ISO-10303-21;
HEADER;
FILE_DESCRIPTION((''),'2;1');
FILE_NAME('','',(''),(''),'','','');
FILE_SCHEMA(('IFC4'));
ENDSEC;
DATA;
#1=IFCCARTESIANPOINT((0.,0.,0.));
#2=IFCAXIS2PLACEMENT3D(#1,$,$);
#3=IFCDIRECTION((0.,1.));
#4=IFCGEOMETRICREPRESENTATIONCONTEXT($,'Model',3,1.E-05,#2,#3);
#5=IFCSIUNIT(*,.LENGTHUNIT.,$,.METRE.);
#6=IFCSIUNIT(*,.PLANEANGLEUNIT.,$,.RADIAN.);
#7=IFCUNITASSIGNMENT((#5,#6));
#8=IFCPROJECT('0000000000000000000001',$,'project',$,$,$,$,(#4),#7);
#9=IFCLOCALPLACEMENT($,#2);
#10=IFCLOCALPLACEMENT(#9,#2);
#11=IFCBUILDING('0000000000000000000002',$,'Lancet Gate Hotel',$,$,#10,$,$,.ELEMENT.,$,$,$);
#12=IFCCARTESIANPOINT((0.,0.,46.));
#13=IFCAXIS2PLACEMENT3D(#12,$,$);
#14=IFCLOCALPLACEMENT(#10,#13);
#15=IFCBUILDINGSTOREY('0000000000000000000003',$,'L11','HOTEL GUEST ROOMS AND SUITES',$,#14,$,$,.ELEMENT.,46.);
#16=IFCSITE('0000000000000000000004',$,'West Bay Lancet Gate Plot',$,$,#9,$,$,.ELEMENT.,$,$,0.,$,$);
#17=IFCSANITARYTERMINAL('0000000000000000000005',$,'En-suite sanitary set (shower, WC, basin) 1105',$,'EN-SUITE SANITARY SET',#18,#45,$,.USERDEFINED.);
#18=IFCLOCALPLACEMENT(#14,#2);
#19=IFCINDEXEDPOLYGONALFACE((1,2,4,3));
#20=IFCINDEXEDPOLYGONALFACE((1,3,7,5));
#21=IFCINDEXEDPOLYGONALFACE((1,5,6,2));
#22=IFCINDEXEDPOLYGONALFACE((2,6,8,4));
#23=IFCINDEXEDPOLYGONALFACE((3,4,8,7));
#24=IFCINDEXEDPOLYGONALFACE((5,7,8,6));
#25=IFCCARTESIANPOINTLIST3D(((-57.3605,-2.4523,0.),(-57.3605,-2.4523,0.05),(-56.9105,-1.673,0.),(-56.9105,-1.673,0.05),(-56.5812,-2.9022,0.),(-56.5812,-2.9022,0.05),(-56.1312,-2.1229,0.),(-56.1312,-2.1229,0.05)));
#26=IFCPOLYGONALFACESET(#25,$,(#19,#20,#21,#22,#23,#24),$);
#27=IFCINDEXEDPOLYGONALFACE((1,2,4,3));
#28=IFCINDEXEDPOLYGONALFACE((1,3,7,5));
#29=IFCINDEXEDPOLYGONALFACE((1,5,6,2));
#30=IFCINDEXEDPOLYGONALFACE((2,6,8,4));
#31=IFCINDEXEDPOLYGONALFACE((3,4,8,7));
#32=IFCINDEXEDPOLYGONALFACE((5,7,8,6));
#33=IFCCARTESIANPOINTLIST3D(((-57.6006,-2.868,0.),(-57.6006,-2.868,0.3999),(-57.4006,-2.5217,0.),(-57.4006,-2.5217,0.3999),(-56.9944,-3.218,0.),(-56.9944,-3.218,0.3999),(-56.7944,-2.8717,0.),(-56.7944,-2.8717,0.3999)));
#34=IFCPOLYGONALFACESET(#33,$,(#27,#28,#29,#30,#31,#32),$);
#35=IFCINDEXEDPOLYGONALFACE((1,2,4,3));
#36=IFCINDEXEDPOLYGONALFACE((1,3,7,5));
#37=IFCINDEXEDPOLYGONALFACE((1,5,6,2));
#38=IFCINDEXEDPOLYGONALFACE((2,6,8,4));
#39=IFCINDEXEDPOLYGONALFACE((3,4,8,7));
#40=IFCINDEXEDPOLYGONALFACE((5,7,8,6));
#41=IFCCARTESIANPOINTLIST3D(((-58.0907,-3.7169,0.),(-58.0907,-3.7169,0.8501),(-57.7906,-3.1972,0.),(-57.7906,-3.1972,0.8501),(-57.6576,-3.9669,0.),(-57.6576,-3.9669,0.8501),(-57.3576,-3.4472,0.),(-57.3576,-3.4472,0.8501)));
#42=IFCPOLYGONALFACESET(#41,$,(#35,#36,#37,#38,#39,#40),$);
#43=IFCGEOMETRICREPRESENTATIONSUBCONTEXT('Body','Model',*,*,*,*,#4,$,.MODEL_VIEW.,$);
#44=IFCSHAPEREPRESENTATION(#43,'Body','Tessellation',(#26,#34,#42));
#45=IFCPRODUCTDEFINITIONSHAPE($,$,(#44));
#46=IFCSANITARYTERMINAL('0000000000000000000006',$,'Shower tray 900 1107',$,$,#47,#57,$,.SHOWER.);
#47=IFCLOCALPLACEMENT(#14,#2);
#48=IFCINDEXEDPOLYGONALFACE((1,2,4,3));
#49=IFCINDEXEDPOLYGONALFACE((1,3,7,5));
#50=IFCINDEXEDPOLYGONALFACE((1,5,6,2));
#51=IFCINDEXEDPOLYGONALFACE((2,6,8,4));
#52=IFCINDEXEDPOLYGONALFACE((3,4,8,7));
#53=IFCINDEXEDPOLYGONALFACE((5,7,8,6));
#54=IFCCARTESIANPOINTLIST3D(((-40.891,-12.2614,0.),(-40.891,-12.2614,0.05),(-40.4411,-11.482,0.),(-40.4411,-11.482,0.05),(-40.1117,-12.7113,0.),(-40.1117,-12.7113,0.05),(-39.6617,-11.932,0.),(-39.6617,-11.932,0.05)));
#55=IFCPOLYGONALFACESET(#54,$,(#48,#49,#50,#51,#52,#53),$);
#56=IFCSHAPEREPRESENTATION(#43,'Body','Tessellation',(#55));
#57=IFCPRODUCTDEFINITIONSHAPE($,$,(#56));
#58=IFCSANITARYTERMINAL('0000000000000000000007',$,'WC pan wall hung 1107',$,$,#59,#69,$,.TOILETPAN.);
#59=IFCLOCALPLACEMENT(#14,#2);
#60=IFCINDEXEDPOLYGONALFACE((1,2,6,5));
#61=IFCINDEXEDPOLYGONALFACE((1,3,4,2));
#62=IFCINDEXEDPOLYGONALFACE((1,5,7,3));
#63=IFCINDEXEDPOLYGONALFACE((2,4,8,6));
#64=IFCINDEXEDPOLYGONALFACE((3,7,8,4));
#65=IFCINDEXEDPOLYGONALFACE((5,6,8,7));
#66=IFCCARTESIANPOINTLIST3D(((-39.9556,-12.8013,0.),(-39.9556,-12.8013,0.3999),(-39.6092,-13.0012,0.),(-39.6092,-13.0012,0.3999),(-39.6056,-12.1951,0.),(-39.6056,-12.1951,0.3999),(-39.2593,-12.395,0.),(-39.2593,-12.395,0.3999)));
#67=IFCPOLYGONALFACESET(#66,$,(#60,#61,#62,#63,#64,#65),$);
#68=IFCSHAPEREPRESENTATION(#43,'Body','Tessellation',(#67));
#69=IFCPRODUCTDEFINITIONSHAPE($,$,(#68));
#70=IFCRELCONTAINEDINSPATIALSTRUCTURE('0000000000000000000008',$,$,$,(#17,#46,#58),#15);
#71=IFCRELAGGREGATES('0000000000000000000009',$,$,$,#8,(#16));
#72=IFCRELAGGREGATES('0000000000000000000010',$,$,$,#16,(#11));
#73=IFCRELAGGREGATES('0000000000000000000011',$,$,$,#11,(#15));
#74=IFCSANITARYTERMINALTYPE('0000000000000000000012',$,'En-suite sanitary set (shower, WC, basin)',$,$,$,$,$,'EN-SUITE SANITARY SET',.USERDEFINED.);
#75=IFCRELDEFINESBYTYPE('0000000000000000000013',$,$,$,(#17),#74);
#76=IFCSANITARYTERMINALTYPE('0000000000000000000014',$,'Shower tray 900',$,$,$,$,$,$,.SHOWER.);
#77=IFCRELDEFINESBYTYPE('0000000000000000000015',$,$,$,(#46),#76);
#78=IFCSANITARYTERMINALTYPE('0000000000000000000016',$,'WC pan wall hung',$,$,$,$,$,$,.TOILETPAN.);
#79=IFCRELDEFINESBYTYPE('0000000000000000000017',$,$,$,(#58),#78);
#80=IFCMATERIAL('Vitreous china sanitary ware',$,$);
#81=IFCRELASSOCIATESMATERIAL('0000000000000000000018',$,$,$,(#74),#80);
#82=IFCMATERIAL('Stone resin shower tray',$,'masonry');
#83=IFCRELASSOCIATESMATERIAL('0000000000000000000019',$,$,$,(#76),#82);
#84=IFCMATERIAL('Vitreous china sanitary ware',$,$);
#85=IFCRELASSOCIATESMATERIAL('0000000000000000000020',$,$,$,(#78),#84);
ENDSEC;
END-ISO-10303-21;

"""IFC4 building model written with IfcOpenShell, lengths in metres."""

from ifc_helpers import new_model, si_unit, direction, frame, origin, origin_2d, place, context, subcontext, project, spatial, rectangle, extrude, material, type_object, element, save


model = new_model("IFC4")

# Units and contexts
model_context = context("Model", 3, precision=1e-05, world=origin(), true_north=direction((0.0, 1.0)))
body_context = subcontext(model_context, "Body", "Model", "MODEL_VIEW")
ifc_project = project(units=[si_unit("LENGTHUNIT", "METRE"), si_unit("PLANEANGLEUNIT", "RADIAN")], contexts=[model_context])

# Site, building, storey
site_placement = place(None, origin())
site = spatial("IfcSite", under=ifc_project, at=site_placement, Name="West Bay Lancet Gate Plot", CompositionType="ELEMENT", RefElevation=0.0)
building_placement = place(site_placement, origin())
building = spatial("IfcBuilding", under=site, at=building_placement, Name="Lancet Gate Hotel", CompositionType="ELEMENT")
storey_placement = place(building_placement, frame((0.0, 0.0, 46.0)))
storey = spatial("IfcBuildingStorey", under=building, at=storey_placement, Name="L11", Description="HOTEL GUEST ROOMS AND SUITES", CompositionType="ELEMENT", Elevation=46.0)

# Sanitary terminals
ifc_material_1 = material(Name="Vitreous china sanitary ware")
sanitary_terminal_type_1 = type_object("IfcSanitaryTerminalType", Name="En-suite sanitary set (shower, WC, basin)", ElementType="EN-SUITE SANITARY SET", PredefinedType="USERDEFINED", material=ifc_material_1)
sanitary_terminal_1_placement = place(storey_placement, frame((-56.7458, -2.2876, 0.0), z_axis=(0.0, 0.0, 1.0), x_axis=(1.0, 0.0, 0.0)))
element("IfcSanitaryTerminal", 1, at=sanitary_terminal_1_placement, inside=storey, type_object=sanitary_terminal_type_1, Name="En-suite sanitary set (shower, WC, basin) 1105", ObjectType="EN-SUITE SANITARY SET", PredefinedType="USERDEFINED", context=body_context, shape_type="SweptSolid", body=[
    extrude(rectangle(XDim=0.8999, YDim=0.8999, at=origin_2d()), frame((0.0, 0.0, 0.0), z_axis=(0.0, 0.0, 1.0), x_axis=(0.5, 0.866025, 0.0)), (0.0, 0.0, 1.0), 0.05),
    extrude(rectangle(XDim=0.3999, YDim=0.7, at=origin_2d()), frame((-0.4517, -0.5823, 0.0), z_axis=(0.0, 0.0, 1.0), x_axis=(0.5, 0.866025, 0.0)), (0.0, 0.0, 1.0), 0.3999),
    extrude(rectangle(XDim=0.6001, YDim=0.5, at=origin_2d()), frame((-0.9783, -1.2944, 0.0), z_axis=(0.0, 0.0, 1.0), x_axis=(0.5, 0.866025, 0.0)), (0.0, 0.0, 1.0), 0.8501),
])
ifc_material_2 = material(Name="Stone resin shower tray", Category="masonry")
sanitary_terminal_type_2 = type_object("IfcSanitaryTerminalType", Name="Shower tray 900", PredefinedType="SHOWER", material=ifc_material_2)
sanitary_terminal_2_placement = place(storey_placement, frame((-40.2764, -12.0967, 0.0), z_axis=(0.0, 0.0, 1.0), x_axis=(-0.866025, 0.5, 0.0)))
element("IfcSanitaryTerminal", 2, at=sanitary_terminal_2_placement, inside=storey, type_object=sanitary_terminal_type_2, Name="Shower tray 900 1107", PredefinedType="SHOWER", context=body_context, shape_type="SweptSolid", body=[
    extrude(rectangle(XDim=0.8999, YDim=0.8999, at=origin_2d()), origin(), (0.0, 0.0, 1.0), 0.05),
])
ifc_material_3 = material(Name="Vitreous china sanitary ware")
sanitary_terminal_type_3 = type_object("IfcSanitaryTerminalType", Name="WC pan wall hung", PredefinedType="TOILETPAN", material=ifc_material_3)
sanitary_terminal_3_placement = place(storey_placement, frame((-39.6074, -12.5981, 0.0), z_axis=(0.0, 0.0, 1.0), x_axis=(-0.866025, 0.5, 0.0)))
element("IfcSanitaryTerminal", 3, at=sanitary_terminal_3_placement, inside=storey, type_object=sanitary_terminal_type_3, Name="WC pan wall hung 1107", PredefinedType="TOILETPAN", context=body_context, shape_type="SweptSolid", body=[
    extrude(rectangle(XDim=0.3999, YDim=0.7, at=origin_2d()), origin(), (0.0, 0.0, 1.0), 0.3999),
])

save(model, "model.ifc")
